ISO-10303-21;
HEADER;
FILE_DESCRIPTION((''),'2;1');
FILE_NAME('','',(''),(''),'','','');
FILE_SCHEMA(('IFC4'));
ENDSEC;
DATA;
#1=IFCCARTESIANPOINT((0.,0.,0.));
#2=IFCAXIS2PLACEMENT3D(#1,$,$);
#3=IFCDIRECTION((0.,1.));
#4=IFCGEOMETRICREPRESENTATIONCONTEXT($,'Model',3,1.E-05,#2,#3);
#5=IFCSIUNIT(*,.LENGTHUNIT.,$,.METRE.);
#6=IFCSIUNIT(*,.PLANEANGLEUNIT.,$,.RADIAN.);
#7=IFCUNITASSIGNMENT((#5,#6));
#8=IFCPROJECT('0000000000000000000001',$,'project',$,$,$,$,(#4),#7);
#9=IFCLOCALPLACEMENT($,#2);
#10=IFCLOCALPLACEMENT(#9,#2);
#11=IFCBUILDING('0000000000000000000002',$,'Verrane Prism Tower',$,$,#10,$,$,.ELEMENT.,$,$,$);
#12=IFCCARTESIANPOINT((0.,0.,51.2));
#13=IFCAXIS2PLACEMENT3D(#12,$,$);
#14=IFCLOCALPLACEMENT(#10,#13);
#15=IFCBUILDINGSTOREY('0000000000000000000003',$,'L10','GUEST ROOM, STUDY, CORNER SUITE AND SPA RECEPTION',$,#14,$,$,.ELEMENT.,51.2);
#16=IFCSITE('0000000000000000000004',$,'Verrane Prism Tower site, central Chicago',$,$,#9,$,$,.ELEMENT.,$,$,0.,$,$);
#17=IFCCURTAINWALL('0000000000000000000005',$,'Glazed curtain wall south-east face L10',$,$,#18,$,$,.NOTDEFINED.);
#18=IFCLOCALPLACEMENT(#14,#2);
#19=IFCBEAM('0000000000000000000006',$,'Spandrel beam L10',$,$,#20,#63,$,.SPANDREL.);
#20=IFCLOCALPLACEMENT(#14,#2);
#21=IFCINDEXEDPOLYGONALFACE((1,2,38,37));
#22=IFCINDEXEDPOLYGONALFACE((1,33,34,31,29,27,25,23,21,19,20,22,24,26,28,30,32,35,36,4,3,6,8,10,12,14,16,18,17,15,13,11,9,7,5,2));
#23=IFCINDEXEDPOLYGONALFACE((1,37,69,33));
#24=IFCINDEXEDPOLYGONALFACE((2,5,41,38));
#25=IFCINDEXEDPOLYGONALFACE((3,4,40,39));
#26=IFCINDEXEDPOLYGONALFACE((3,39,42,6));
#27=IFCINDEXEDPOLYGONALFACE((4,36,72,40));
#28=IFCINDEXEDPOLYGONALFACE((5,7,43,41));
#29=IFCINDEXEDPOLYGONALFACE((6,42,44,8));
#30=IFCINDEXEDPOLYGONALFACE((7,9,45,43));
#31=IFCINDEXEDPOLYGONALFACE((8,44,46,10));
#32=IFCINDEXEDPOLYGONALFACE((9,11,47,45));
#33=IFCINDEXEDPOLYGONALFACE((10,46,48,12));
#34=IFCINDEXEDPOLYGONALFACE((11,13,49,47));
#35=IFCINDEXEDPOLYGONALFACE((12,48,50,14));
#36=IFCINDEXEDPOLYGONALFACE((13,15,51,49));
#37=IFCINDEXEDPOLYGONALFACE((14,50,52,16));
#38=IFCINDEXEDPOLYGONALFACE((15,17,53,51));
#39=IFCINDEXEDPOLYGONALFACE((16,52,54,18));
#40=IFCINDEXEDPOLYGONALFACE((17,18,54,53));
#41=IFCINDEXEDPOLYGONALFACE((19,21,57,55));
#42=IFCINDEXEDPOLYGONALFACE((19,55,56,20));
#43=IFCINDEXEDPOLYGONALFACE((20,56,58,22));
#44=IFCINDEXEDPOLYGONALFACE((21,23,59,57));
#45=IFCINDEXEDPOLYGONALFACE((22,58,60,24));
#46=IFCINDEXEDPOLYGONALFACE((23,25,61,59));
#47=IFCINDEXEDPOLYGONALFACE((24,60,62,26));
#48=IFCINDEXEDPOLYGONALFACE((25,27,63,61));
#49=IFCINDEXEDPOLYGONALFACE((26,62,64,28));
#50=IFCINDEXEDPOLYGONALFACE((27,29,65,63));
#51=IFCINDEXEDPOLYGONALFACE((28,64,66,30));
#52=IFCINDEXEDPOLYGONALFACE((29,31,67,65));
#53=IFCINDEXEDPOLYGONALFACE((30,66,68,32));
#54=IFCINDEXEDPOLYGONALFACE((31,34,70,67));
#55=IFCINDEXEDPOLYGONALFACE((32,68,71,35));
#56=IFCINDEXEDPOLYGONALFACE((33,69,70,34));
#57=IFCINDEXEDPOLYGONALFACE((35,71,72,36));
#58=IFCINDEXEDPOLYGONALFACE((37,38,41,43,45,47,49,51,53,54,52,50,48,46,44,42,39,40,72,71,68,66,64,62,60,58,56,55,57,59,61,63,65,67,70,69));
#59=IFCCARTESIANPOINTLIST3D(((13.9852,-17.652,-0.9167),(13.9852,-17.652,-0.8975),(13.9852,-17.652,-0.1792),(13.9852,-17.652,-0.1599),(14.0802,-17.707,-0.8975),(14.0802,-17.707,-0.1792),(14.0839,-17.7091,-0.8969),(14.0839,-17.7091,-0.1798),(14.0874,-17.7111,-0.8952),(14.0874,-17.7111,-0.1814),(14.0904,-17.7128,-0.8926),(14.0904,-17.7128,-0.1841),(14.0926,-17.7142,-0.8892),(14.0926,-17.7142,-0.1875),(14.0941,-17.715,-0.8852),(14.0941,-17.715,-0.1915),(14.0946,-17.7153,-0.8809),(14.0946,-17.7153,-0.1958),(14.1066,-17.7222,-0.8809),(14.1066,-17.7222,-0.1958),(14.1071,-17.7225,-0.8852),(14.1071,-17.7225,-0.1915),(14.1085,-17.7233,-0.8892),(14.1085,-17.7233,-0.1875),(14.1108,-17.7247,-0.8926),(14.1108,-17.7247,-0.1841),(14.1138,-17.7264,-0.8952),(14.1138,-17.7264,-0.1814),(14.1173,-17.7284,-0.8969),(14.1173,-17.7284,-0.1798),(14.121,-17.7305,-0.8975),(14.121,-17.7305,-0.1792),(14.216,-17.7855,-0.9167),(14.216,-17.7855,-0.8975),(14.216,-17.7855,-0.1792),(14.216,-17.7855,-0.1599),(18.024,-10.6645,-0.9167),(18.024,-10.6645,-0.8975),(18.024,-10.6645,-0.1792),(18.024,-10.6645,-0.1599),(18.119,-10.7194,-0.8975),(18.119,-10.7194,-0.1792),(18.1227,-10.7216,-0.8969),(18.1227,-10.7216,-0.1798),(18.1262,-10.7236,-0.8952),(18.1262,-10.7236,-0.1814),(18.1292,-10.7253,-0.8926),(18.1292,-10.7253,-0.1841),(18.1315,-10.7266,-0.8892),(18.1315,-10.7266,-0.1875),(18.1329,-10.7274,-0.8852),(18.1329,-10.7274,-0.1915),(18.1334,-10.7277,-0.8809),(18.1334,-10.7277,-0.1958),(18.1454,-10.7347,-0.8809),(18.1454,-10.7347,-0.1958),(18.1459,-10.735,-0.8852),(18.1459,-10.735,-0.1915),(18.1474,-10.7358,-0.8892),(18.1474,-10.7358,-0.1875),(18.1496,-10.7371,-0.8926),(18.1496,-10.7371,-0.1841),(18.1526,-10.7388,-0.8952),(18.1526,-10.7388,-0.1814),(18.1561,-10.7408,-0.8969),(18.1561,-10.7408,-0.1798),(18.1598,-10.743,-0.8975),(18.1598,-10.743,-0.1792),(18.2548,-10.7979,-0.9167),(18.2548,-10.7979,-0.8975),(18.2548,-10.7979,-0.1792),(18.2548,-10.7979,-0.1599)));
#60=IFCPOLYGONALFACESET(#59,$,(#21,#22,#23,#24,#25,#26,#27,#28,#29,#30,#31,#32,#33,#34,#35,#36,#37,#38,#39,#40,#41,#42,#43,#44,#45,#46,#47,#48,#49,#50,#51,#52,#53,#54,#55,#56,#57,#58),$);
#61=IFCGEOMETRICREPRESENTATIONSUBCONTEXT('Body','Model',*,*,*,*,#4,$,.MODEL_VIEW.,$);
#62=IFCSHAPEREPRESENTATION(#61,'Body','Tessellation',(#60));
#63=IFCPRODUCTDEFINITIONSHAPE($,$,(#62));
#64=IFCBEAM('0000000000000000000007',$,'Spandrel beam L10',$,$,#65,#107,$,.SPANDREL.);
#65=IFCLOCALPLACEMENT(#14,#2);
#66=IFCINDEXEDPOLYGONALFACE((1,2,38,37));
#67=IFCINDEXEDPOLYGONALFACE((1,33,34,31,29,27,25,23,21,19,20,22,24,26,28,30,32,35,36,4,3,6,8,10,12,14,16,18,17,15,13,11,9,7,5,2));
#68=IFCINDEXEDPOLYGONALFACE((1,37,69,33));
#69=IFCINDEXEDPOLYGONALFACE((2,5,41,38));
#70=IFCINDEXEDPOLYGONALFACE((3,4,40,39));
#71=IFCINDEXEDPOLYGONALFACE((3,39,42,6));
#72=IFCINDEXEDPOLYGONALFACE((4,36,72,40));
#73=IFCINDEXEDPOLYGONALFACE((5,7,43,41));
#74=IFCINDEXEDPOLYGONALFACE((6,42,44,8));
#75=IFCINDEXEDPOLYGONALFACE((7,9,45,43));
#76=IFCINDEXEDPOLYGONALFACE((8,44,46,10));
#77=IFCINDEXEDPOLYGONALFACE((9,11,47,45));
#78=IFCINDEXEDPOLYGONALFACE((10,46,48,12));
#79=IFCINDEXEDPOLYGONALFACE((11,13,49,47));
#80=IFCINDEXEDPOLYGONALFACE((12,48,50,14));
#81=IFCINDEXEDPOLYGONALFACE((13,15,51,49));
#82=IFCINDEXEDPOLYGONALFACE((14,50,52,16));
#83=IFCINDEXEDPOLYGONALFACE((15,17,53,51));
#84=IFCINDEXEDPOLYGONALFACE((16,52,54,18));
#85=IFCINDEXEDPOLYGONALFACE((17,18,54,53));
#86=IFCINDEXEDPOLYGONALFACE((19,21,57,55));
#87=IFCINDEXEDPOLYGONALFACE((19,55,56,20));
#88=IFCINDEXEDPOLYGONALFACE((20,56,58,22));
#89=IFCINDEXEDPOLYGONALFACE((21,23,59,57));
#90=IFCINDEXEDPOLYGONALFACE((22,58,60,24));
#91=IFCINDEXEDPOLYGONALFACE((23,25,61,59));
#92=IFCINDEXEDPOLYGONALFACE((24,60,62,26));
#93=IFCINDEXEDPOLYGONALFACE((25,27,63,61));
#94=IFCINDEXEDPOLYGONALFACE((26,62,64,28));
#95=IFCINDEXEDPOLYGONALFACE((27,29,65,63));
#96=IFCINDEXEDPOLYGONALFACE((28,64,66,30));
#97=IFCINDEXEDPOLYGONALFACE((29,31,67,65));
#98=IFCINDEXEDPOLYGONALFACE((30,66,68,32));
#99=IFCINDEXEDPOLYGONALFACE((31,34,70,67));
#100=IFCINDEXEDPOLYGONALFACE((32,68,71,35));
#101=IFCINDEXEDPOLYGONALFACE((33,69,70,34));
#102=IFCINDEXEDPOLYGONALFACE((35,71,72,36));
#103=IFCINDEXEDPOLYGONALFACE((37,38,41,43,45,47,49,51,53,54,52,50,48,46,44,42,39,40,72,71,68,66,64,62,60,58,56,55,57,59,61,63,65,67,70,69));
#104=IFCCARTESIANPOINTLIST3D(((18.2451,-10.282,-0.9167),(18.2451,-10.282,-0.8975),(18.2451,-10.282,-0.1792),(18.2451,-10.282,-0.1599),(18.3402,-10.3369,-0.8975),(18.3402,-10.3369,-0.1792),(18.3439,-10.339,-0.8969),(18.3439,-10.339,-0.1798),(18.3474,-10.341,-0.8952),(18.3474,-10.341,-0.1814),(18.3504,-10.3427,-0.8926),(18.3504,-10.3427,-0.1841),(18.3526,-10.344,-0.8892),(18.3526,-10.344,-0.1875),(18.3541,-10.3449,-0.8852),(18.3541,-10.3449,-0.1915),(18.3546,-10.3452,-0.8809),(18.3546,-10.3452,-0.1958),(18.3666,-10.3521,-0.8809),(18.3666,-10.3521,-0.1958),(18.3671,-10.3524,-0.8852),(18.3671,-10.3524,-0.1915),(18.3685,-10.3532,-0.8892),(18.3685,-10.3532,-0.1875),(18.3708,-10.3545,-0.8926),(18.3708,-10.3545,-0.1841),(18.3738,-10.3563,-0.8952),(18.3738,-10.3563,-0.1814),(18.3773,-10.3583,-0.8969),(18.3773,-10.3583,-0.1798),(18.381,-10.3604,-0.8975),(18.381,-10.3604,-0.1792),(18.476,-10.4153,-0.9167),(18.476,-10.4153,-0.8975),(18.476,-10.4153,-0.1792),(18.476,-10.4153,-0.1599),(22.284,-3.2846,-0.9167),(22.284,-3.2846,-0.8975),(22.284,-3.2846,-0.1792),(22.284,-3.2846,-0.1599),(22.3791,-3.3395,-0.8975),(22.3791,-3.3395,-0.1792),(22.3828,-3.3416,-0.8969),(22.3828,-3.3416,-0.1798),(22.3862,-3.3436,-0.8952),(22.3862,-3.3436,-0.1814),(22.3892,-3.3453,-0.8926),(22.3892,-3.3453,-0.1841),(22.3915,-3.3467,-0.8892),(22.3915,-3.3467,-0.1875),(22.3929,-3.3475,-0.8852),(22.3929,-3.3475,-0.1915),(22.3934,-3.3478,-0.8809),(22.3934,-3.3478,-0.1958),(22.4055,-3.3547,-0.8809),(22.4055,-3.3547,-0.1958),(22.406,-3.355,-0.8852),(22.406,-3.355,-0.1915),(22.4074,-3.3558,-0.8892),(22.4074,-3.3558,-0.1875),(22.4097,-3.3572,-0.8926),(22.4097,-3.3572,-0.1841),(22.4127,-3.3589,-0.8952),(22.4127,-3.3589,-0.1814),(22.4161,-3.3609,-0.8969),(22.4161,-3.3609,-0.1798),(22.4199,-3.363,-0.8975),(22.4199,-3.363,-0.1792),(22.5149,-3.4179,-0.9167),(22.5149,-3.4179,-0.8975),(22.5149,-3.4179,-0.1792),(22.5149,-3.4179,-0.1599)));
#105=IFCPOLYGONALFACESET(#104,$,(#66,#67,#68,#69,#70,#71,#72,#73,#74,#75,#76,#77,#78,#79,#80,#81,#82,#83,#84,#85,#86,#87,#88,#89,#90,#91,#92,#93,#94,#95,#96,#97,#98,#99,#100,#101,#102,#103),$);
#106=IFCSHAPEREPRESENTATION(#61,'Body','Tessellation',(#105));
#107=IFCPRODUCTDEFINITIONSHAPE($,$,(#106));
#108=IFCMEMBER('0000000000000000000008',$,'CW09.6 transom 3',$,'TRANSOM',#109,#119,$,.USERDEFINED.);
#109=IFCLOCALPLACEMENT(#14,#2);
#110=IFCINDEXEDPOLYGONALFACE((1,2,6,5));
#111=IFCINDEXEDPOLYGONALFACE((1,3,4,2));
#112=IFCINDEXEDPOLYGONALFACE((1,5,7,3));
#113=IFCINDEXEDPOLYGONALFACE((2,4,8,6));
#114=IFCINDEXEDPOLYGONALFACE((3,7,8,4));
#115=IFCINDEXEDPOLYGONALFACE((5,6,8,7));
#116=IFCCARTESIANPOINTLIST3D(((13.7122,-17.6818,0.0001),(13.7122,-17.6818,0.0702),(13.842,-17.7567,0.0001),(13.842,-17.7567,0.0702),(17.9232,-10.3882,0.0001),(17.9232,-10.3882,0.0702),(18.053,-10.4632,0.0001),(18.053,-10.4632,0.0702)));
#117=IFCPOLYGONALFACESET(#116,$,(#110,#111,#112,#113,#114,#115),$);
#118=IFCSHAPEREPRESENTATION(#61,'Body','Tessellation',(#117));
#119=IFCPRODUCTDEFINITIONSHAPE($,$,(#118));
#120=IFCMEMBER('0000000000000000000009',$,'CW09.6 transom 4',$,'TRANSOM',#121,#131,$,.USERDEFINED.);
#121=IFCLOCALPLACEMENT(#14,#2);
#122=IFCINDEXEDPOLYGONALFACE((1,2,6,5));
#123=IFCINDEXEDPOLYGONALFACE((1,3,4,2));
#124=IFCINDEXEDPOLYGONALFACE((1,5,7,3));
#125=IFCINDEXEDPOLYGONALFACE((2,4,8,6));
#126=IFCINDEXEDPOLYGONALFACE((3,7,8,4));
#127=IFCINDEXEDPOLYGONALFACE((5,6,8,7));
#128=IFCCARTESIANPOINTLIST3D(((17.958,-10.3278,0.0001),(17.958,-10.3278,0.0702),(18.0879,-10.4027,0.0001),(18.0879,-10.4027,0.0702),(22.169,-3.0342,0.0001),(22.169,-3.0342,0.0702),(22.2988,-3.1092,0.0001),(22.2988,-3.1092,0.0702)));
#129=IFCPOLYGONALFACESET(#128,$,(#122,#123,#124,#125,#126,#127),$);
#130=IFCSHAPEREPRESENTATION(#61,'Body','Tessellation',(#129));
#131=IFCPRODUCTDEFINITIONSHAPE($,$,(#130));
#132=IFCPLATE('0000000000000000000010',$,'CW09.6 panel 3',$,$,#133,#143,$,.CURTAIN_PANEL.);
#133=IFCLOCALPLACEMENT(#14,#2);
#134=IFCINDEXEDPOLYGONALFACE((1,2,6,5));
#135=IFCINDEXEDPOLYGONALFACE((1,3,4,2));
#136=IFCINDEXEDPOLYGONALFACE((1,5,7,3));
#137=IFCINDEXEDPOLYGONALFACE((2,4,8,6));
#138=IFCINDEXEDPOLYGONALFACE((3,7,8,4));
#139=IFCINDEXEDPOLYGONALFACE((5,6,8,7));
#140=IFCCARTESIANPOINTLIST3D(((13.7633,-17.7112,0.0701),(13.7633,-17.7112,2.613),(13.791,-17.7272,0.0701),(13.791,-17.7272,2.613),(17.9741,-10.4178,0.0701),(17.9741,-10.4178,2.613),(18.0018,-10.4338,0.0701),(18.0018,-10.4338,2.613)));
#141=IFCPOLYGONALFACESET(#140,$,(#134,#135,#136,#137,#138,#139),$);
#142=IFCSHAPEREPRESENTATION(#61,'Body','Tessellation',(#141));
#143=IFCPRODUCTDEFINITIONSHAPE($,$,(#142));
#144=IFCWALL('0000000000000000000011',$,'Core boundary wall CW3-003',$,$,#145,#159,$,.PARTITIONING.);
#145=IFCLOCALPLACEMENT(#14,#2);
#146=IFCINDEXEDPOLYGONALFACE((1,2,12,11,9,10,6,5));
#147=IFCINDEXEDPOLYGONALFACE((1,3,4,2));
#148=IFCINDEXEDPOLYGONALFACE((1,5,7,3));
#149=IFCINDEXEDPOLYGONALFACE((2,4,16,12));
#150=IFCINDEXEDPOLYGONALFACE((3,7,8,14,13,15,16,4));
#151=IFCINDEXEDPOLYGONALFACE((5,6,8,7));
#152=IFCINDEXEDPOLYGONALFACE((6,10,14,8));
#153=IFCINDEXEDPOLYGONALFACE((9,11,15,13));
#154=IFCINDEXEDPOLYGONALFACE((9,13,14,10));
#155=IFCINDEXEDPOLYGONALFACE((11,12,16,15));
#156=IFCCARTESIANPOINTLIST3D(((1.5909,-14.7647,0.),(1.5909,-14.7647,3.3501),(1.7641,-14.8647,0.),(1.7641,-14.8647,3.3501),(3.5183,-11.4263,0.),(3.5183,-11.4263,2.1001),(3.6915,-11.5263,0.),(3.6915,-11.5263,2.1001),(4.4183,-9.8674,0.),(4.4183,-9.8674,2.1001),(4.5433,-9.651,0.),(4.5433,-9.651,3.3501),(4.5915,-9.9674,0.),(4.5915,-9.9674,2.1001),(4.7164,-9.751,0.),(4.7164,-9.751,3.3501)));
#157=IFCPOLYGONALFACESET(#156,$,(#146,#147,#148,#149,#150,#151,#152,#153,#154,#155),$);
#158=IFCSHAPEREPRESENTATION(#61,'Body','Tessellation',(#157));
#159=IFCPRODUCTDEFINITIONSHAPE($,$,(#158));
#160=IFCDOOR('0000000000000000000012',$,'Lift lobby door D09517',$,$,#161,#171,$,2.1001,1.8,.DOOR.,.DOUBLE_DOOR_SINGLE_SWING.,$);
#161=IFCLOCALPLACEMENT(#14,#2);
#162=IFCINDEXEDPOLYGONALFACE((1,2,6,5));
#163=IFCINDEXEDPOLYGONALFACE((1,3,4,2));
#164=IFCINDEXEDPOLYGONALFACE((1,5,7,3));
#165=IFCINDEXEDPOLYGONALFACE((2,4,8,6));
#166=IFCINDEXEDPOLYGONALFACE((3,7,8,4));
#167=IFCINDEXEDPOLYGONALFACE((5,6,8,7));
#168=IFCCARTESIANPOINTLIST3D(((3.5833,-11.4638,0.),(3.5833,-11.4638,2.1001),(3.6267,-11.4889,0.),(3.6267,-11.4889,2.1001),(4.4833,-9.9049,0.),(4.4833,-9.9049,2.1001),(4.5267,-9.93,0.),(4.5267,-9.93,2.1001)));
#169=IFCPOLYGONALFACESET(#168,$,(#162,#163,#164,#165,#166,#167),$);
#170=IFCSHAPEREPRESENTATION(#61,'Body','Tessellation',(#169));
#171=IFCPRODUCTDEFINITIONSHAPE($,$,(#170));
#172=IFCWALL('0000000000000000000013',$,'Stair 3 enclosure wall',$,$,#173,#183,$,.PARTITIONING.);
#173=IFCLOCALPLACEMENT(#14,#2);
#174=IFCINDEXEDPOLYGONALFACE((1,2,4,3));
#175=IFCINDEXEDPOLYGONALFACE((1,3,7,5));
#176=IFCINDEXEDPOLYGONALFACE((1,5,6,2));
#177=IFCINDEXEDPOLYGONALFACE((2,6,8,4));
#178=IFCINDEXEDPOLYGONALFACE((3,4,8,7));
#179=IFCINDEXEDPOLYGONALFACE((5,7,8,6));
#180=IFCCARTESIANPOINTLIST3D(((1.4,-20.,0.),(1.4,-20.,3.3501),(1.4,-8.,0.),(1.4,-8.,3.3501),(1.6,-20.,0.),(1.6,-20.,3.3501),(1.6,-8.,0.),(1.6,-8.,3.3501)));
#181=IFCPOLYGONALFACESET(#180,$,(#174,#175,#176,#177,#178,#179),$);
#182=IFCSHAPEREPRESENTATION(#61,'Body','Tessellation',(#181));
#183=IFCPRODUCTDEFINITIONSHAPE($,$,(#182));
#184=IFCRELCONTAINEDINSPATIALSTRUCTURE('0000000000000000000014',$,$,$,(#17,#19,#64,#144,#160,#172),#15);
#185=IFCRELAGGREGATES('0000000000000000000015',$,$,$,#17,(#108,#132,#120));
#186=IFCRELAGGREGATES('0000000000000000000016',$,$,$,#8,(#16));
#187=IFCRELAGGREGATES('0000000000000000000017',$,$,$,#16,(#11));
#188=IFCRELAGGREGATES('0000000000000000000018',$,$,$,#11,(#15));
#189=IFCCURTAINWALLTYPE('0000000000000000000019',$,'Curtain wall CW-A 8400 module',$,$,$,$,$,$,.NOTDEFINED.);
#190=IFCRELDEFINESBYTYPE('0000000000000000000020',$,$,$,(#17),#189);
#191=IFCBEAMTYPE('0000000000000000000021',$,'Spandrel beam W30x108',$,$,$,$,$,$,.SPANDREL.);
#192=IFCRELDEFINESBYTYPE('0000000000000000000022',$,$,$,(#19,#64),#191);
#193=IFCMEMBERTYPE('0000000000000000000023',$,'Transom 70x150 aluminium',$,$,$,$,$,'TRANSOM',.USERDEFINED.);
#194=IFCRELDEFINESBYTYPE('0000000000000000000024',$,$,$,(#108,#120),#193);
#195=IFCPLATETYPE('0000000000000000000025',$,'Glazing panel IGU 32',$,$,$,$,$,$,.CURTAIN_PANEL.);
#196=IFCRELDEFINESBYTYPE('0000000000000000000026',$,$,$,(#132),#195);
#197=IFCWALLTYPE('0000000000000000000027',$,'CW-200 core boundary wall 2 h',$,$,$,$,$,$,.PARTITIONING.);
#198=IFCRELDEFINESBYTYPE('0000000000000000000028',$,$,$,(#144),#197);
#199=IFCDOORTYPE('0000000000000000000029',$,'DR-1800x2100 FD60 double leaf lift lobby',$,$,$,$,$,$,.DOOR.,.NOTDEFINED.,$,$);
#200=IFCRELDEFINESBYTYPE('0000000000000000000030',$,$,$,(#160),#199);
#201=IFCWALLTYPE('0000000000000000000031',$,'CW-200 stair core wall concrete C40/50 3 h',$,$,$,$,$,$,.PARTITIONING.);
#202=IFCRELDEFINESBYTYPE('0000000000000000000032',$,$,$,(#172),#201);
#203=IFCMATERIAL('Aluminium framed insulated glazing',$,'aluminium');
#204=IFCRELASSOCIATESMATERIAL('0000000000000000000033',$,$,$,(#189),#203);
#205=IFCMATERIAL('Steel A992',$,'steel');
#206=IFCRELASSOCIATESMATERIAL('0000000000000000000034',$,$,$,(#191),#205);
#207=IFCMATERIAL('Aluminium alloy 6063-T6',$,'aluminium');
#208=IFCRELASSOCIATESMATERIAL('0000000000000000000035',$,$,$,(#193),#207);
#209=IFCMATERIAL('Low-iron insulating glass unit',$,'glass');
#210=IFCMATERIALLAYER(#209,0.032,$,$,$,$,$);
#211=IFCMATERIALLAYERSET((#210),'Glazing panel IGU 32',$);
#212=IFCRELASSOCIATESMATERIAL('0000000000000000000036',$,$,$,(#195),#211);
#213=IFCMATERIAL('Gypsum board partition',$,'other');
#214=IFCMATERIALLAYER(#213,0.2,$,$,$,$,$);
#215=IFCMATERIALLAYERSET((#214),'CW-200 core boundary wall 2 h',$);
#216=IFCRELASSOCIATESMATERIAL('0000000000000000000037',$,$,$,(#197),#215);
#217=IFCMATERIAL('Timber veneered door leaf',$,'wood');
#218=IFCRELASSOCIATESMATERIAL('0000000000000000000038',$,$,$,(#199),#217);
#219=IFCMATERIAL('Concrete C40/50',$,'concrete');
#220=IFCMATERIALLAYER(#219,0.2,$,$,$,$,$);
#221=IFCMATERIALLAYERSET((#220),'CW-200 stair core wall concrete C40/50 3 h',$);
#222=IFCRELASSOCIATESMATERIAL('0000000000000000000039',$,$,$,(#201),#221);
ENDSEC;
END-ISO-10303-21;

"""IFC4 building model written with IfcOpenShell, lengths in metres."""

from ifc_helpers import new_model, si_unit, direction, frame, frame_2d, origin, origin_2d, place, context, subcontext, project, spatial, rectangle, i_section, extrude, material, layer, layer_set, material_profile, profile_set, type_object, element, fill, aggregate, save


model = new_model("IFC4")

# Units and contexts
model_context = context("Model", 3, precision=1e-05, world=origin(), true_north=direction((0.0, 1.0)))
body_context = subcontext(model_context, "Body", "Model", "MODEL_VIEW")
ifc_project = project(units=[si_unit("LENGTHUNIT", "METRE"), si_unit("PLANEANGLEUNIT", "RADIAN")], contexts=[model_context])

# Site, building, storey
site_placement = place(None, origin())
site = spatial("IfcSite", under=ifc_project, at=site_placement, Name="Verrane Prism Tower site, central Chicago", CompositionType="ELEMENT", RefElevation=0.0)
building_placement = place(site_placement, origin())
building = spatial("IfcBuilding", under=site, at=building_placement, Name="Verrane Prism Tower", CompositionType="ELEMENT")
storey_placement = place(building_placement, frame((0.0, 0.0, 51.2)))
storey = spatial("IfcBuildingStorey", under=building, at=storey_placement, Name="L10", Description="GUEST ROOM, STUDY, CORNER SUITE AND SPA RECEPTION", CompositionType="ELEMENT", Elevation=51.2)

# Curtain wall
ifc_material_1 = material(Name="Aluminium framed insulated glazing", Category="aluminium")
curtain_wall_type = type_object("IfcCurtainWallType", Name="Curtain wall CW-A 8400 module", PredefinedType="NOTDEFINED", material=ifc_material_1)
curtain_wall_placement = place(storey_placement, origin())
curtain_wall = element("IfcCurtainWall", 1, at=curtain_wall_placement, inside=storey, type_object=curtain_wall_type, Name="Glazed curtain wall south-east face L10", PredefinedType="NOTDEFINED")

# Beams
ifc_material_2 = material(Name="Steel A992", Category="steel")
ifc_material_profile_1 = material_profile(ifc_material_2, i_section(OverallWidth=0.2666, OverallDepth=0.7568, WebThickness=0.0139, FlangeThickness=0.0193, FilletRadius=0.0166, at=origin_2d()), Name="W30x108")
ifc_profile_set_1 = profile_set([ifc_material_profile_1], Name="Steel A992")
beam_type_1 = type_object("IfcBeamType", Name="Spandrel beam W30x108", PredefinedType="SPANDREL", material=ifc_profile_set_1)
beam_1_placement = place(storey_placement, frame((14.1006, -17.7188, -0.5383), z_axis=(0.500423, 0.865781, 0.0), x_axis=(-0.865781, 0.500423, 0.0)))
element("IfcBeam", 2, at=beam_1_placement, inside=storey, type_object=beam_type_1, Name="Spandrel beam L10", PredefinedType="SPANDREL", context=body_context, shape_type="SweptSolid", body=[
    extrude(i_section(OverallWidth=0.2666, OverallDepth=0.7568, WebThickness=0.0139, FlangeThickness=0.0193, FilletRadius=0.0166, at=origin_2d()), origin(), (0.0, 0.0, 1.0), 8.0708),
])
beam_2_placement = place(storey_placement, frame((18.3606, -10.3486, -0.5383), z_axis=(0.499899, 0.866083, 0.0), x_axis=(-0.866083, 0.499899, 0.0)))
element("IfcBeam", 3, at=beam_2_placement, inside=storey, type_object=beam_type_1, Name="Spandrel beam L10", PredefinedType="SPANDREL", context=body_context, shape_type="SweptSolid", body=[
    extrude(i_section(OverallWidth=0.2666, OverallDepth=0.7568, WebThickness=0.0139, FlangeThickness=0.0193, FilletRadius=0.0166, at=origin_2d()), origin(), (0.0, 0.0, 1.0), 8.0793),
])

# Members
ifc_material_3 = material(Name="Aluminium alloy 6063-T6", Category="aluminium")
ifc_material_profile_2 = material_profile(ifc_material_3, rectangle(XDim=0.1499, YDim=0.0701, at=origin_2d()), Name="Transom 70x150 aluminium")
ifc_profile_set_2 = profile_set([ifc_material_profile_2], Name="Aluminium alloy 6063-T6")
member_type_1 = type_object("IfcMemberType", Name="Transom 70x150 aluminium", ElementType="TRANSOM", PredefinedType="USERDEFINED", material=ifc_profile_set_2)
member_1_placement = place(storey_placement, frame((13.7771, -17.7192, 0.0352), z_axis=(0.500005, 0.866022, 0.0), x_axis=(-0.866022, 0.500005, 0.0)))
member_1 = element("IfcMember", 4, at=member_1_placement, type_object=member_type_1, Name="CW09.6 transom 3", ObjectType="TRANSOM", PredefinedType="USERDEFINED", context=body_context, shape_type="SweptSolid", body=[
    extrude(rectangle(XDim=0.1499, YDim=0.0701, at=origin_2d()), origin(), (0.0, 0.0, 1.0), 8.4219),
])
member_2_placement = place(storey_placement, frame((18.0229, -10.3652, 0.0352), z_axis=(0.500005, 0.866022, 0.0), x_axis=(-0.866022, 0.500005, 0.0)))
member_2 = element("IfcMember", 5, at=member_2_placement, type_object=member_type_1, Name="CW09.6 transom 4", ObjectType="TRANSOM", PredefinedType="USERDEFINED", context=body_context, shape_type="SweptSolid", body=[
    extrude(rectangle(XDim=0.1499, YDim=0.0701, at=origin_2d()), origin(), (0.0, 0.0, 1.0), 8.4219),
])

# Plate
ifc_material_4 = material(Name="Low-iron insulating glass unit", Category="glass")
ifc_layer_1 = layer(ifc_material_4, 0.032)
ifc_layer_set_1 = layer_set([ifc_layer_1], Name="Glazing panel IGU 32")
plate_type = type_object("IfcPlateType", Name="Glazing panel IGU 32", PredefinedType="CURTAIN_PANEL", material=ifc_layer_set_1)
plate_placement = place(storey_placement, frame((15.8826, -14.0725, 0.0701), z_axis=(0.0, 0.0, 1.0), x_axis=(0.499999, 0.866026, 0.0)))
plate = element("IfcPlate", 6, at=plate_placement, type_object=plate_type, Name="CW09.6 panel 3", PredefinedType="CURTAIN_PANEL", context=body_context, shape_type="SweptSolid", body=[
    extrude(rectangle(XDim=8.4216, YDim=0.032, at=origin_2d()), origin(), (0.0, 0.0, 1.0), 2.543),
])
aggregate(curtain_wall, [member_1, plate, member_2])

# Wall, opening, door
ifc_material_5 = material(Name="Gypsum board partition", Category="other")
ifc_layer_2 = layer(ifc_material_5, 0.2)
ifc_layer_set_2 = layer_set([ifc_layer_2], Name="CW-200 core boundary wall 2 h")
wall_type_1 = type_object("IfcWallType", Name="CW-200 core boundary wall 2 h", PredefinedType="PARTITIONING", material=ifc_layer_set_2)
wall_1_placement = place(storey_placement, frame((1.6775, -14.8147, 0.0), z_axis=(0.0, 0.0, 1.0), x_axis=(0.499994, 0.866029, 0.0)))
wall_1 = element("IfcWall", 7, at=wall_1_placement, inside=storey, type_object=wall_type_1, Name="Core boundary wall CW3-003", PredefinedType="PARTITIONING", context=body_context, shape_type="SweptSolid", body=[
    extrude(rectangle(XDim=5.9048, YDim=0.2, at=frame_2d((2.9524, 0.0))), origin(), (0.0, 0.0, 1.0), 3.3501),
])
opening_1_placement = place(wall_1_placement, frame((3.855, 0.0, 0.0)))
opening_1 = element("IfcOpeningElement", 8, at=opening_1_placement, cuts=wall_1, PredefinedType="OPENING", context=body_context, shape_type="SweptSolid", body=[
    extrude(rectangle(XDim=1.8, YDim=2.1001, at=frame_2d((0.8999, 1.05))), frame((0.0, 0.1099, 0.0), z_axis=(0.0, -1.0, 0.0), x_axis=(1.0, 0.0, 0.0)), (0.0, 0.0, 1.0), 0.22),
])
ifc_material_6 = material(Name="Timber veneered door leaf", Category="wood")
door_type_1 = type_object("IfcDoorType", Name="DR-1800x2100 FD60 double leaf lift lobby", OperationType="NOTDEFINED", PredefinedType="DOOR", material=ifc_material_6)
door_1_placement = place(opening_1_placement, origin())
door_1 = element("IfcDoor", 9, at=door_1_placement, inside=storey, type_object=door_type_1, Name="Lift lobby door D09517", OperationType="DOUBLE_DOOR_SINGLE_SWING", OverallHeight=2.1001, OverallWidth=1.8, PredefinedType="DOOR", context=body_context, shape_type="SweptSolid", body=[
    extrude(rectangle(XDim=1.8, YDim=2.1001, at=frame_2d((0.8999, 1.05))), frame((0.0, 0.0249, 0.0), z_axis=(0.0, -1.0, 0.0), x_axis=(1.0, 0.0, 0.0)), (0.0, 0.0, 1.0), 0.05),
])
fill(opening_1, door_1)

# Wall
ifc_material_7 = material(Name="Concrete C40/50", Category="concrete")
ifc_layer_3 = layer(ifc_material_7, 0.2)
ifc_layer_set_3 = layer_set([ifc_layer_3], Name="CW-200 stair core wall concrete C40/50 3 h")
wall_type_2 = type_object("IfcWallType", Name="CW-200 stair core wall concrete C40/50 3 h", PredefinedType="PARTITIONING", material=ifc_layer_set_3)
wall_2_placement = place(storey_placement, frame((1.5, -8.0, 0.0), z_axis=(0.0, 0.0, 1.0), x_axis=(0.0, -1.0, 0.0)))
element("IfcWall", 10, at=wall_2_placement, inside=storey, type_object=wall_type_2, Name="Stair 3 enclosure wall", PredefinedType="PARTITIONING", context=body_context, shape_type="SweptSolid", body=[
    extrude(rectangle(XDim=12.0, YDim=0.2, at=frame_2d((6.0, 0.0))), origin(), (0.0, 0.0, 1.0), 3.3501),
])

save(model, "model.ifc")
